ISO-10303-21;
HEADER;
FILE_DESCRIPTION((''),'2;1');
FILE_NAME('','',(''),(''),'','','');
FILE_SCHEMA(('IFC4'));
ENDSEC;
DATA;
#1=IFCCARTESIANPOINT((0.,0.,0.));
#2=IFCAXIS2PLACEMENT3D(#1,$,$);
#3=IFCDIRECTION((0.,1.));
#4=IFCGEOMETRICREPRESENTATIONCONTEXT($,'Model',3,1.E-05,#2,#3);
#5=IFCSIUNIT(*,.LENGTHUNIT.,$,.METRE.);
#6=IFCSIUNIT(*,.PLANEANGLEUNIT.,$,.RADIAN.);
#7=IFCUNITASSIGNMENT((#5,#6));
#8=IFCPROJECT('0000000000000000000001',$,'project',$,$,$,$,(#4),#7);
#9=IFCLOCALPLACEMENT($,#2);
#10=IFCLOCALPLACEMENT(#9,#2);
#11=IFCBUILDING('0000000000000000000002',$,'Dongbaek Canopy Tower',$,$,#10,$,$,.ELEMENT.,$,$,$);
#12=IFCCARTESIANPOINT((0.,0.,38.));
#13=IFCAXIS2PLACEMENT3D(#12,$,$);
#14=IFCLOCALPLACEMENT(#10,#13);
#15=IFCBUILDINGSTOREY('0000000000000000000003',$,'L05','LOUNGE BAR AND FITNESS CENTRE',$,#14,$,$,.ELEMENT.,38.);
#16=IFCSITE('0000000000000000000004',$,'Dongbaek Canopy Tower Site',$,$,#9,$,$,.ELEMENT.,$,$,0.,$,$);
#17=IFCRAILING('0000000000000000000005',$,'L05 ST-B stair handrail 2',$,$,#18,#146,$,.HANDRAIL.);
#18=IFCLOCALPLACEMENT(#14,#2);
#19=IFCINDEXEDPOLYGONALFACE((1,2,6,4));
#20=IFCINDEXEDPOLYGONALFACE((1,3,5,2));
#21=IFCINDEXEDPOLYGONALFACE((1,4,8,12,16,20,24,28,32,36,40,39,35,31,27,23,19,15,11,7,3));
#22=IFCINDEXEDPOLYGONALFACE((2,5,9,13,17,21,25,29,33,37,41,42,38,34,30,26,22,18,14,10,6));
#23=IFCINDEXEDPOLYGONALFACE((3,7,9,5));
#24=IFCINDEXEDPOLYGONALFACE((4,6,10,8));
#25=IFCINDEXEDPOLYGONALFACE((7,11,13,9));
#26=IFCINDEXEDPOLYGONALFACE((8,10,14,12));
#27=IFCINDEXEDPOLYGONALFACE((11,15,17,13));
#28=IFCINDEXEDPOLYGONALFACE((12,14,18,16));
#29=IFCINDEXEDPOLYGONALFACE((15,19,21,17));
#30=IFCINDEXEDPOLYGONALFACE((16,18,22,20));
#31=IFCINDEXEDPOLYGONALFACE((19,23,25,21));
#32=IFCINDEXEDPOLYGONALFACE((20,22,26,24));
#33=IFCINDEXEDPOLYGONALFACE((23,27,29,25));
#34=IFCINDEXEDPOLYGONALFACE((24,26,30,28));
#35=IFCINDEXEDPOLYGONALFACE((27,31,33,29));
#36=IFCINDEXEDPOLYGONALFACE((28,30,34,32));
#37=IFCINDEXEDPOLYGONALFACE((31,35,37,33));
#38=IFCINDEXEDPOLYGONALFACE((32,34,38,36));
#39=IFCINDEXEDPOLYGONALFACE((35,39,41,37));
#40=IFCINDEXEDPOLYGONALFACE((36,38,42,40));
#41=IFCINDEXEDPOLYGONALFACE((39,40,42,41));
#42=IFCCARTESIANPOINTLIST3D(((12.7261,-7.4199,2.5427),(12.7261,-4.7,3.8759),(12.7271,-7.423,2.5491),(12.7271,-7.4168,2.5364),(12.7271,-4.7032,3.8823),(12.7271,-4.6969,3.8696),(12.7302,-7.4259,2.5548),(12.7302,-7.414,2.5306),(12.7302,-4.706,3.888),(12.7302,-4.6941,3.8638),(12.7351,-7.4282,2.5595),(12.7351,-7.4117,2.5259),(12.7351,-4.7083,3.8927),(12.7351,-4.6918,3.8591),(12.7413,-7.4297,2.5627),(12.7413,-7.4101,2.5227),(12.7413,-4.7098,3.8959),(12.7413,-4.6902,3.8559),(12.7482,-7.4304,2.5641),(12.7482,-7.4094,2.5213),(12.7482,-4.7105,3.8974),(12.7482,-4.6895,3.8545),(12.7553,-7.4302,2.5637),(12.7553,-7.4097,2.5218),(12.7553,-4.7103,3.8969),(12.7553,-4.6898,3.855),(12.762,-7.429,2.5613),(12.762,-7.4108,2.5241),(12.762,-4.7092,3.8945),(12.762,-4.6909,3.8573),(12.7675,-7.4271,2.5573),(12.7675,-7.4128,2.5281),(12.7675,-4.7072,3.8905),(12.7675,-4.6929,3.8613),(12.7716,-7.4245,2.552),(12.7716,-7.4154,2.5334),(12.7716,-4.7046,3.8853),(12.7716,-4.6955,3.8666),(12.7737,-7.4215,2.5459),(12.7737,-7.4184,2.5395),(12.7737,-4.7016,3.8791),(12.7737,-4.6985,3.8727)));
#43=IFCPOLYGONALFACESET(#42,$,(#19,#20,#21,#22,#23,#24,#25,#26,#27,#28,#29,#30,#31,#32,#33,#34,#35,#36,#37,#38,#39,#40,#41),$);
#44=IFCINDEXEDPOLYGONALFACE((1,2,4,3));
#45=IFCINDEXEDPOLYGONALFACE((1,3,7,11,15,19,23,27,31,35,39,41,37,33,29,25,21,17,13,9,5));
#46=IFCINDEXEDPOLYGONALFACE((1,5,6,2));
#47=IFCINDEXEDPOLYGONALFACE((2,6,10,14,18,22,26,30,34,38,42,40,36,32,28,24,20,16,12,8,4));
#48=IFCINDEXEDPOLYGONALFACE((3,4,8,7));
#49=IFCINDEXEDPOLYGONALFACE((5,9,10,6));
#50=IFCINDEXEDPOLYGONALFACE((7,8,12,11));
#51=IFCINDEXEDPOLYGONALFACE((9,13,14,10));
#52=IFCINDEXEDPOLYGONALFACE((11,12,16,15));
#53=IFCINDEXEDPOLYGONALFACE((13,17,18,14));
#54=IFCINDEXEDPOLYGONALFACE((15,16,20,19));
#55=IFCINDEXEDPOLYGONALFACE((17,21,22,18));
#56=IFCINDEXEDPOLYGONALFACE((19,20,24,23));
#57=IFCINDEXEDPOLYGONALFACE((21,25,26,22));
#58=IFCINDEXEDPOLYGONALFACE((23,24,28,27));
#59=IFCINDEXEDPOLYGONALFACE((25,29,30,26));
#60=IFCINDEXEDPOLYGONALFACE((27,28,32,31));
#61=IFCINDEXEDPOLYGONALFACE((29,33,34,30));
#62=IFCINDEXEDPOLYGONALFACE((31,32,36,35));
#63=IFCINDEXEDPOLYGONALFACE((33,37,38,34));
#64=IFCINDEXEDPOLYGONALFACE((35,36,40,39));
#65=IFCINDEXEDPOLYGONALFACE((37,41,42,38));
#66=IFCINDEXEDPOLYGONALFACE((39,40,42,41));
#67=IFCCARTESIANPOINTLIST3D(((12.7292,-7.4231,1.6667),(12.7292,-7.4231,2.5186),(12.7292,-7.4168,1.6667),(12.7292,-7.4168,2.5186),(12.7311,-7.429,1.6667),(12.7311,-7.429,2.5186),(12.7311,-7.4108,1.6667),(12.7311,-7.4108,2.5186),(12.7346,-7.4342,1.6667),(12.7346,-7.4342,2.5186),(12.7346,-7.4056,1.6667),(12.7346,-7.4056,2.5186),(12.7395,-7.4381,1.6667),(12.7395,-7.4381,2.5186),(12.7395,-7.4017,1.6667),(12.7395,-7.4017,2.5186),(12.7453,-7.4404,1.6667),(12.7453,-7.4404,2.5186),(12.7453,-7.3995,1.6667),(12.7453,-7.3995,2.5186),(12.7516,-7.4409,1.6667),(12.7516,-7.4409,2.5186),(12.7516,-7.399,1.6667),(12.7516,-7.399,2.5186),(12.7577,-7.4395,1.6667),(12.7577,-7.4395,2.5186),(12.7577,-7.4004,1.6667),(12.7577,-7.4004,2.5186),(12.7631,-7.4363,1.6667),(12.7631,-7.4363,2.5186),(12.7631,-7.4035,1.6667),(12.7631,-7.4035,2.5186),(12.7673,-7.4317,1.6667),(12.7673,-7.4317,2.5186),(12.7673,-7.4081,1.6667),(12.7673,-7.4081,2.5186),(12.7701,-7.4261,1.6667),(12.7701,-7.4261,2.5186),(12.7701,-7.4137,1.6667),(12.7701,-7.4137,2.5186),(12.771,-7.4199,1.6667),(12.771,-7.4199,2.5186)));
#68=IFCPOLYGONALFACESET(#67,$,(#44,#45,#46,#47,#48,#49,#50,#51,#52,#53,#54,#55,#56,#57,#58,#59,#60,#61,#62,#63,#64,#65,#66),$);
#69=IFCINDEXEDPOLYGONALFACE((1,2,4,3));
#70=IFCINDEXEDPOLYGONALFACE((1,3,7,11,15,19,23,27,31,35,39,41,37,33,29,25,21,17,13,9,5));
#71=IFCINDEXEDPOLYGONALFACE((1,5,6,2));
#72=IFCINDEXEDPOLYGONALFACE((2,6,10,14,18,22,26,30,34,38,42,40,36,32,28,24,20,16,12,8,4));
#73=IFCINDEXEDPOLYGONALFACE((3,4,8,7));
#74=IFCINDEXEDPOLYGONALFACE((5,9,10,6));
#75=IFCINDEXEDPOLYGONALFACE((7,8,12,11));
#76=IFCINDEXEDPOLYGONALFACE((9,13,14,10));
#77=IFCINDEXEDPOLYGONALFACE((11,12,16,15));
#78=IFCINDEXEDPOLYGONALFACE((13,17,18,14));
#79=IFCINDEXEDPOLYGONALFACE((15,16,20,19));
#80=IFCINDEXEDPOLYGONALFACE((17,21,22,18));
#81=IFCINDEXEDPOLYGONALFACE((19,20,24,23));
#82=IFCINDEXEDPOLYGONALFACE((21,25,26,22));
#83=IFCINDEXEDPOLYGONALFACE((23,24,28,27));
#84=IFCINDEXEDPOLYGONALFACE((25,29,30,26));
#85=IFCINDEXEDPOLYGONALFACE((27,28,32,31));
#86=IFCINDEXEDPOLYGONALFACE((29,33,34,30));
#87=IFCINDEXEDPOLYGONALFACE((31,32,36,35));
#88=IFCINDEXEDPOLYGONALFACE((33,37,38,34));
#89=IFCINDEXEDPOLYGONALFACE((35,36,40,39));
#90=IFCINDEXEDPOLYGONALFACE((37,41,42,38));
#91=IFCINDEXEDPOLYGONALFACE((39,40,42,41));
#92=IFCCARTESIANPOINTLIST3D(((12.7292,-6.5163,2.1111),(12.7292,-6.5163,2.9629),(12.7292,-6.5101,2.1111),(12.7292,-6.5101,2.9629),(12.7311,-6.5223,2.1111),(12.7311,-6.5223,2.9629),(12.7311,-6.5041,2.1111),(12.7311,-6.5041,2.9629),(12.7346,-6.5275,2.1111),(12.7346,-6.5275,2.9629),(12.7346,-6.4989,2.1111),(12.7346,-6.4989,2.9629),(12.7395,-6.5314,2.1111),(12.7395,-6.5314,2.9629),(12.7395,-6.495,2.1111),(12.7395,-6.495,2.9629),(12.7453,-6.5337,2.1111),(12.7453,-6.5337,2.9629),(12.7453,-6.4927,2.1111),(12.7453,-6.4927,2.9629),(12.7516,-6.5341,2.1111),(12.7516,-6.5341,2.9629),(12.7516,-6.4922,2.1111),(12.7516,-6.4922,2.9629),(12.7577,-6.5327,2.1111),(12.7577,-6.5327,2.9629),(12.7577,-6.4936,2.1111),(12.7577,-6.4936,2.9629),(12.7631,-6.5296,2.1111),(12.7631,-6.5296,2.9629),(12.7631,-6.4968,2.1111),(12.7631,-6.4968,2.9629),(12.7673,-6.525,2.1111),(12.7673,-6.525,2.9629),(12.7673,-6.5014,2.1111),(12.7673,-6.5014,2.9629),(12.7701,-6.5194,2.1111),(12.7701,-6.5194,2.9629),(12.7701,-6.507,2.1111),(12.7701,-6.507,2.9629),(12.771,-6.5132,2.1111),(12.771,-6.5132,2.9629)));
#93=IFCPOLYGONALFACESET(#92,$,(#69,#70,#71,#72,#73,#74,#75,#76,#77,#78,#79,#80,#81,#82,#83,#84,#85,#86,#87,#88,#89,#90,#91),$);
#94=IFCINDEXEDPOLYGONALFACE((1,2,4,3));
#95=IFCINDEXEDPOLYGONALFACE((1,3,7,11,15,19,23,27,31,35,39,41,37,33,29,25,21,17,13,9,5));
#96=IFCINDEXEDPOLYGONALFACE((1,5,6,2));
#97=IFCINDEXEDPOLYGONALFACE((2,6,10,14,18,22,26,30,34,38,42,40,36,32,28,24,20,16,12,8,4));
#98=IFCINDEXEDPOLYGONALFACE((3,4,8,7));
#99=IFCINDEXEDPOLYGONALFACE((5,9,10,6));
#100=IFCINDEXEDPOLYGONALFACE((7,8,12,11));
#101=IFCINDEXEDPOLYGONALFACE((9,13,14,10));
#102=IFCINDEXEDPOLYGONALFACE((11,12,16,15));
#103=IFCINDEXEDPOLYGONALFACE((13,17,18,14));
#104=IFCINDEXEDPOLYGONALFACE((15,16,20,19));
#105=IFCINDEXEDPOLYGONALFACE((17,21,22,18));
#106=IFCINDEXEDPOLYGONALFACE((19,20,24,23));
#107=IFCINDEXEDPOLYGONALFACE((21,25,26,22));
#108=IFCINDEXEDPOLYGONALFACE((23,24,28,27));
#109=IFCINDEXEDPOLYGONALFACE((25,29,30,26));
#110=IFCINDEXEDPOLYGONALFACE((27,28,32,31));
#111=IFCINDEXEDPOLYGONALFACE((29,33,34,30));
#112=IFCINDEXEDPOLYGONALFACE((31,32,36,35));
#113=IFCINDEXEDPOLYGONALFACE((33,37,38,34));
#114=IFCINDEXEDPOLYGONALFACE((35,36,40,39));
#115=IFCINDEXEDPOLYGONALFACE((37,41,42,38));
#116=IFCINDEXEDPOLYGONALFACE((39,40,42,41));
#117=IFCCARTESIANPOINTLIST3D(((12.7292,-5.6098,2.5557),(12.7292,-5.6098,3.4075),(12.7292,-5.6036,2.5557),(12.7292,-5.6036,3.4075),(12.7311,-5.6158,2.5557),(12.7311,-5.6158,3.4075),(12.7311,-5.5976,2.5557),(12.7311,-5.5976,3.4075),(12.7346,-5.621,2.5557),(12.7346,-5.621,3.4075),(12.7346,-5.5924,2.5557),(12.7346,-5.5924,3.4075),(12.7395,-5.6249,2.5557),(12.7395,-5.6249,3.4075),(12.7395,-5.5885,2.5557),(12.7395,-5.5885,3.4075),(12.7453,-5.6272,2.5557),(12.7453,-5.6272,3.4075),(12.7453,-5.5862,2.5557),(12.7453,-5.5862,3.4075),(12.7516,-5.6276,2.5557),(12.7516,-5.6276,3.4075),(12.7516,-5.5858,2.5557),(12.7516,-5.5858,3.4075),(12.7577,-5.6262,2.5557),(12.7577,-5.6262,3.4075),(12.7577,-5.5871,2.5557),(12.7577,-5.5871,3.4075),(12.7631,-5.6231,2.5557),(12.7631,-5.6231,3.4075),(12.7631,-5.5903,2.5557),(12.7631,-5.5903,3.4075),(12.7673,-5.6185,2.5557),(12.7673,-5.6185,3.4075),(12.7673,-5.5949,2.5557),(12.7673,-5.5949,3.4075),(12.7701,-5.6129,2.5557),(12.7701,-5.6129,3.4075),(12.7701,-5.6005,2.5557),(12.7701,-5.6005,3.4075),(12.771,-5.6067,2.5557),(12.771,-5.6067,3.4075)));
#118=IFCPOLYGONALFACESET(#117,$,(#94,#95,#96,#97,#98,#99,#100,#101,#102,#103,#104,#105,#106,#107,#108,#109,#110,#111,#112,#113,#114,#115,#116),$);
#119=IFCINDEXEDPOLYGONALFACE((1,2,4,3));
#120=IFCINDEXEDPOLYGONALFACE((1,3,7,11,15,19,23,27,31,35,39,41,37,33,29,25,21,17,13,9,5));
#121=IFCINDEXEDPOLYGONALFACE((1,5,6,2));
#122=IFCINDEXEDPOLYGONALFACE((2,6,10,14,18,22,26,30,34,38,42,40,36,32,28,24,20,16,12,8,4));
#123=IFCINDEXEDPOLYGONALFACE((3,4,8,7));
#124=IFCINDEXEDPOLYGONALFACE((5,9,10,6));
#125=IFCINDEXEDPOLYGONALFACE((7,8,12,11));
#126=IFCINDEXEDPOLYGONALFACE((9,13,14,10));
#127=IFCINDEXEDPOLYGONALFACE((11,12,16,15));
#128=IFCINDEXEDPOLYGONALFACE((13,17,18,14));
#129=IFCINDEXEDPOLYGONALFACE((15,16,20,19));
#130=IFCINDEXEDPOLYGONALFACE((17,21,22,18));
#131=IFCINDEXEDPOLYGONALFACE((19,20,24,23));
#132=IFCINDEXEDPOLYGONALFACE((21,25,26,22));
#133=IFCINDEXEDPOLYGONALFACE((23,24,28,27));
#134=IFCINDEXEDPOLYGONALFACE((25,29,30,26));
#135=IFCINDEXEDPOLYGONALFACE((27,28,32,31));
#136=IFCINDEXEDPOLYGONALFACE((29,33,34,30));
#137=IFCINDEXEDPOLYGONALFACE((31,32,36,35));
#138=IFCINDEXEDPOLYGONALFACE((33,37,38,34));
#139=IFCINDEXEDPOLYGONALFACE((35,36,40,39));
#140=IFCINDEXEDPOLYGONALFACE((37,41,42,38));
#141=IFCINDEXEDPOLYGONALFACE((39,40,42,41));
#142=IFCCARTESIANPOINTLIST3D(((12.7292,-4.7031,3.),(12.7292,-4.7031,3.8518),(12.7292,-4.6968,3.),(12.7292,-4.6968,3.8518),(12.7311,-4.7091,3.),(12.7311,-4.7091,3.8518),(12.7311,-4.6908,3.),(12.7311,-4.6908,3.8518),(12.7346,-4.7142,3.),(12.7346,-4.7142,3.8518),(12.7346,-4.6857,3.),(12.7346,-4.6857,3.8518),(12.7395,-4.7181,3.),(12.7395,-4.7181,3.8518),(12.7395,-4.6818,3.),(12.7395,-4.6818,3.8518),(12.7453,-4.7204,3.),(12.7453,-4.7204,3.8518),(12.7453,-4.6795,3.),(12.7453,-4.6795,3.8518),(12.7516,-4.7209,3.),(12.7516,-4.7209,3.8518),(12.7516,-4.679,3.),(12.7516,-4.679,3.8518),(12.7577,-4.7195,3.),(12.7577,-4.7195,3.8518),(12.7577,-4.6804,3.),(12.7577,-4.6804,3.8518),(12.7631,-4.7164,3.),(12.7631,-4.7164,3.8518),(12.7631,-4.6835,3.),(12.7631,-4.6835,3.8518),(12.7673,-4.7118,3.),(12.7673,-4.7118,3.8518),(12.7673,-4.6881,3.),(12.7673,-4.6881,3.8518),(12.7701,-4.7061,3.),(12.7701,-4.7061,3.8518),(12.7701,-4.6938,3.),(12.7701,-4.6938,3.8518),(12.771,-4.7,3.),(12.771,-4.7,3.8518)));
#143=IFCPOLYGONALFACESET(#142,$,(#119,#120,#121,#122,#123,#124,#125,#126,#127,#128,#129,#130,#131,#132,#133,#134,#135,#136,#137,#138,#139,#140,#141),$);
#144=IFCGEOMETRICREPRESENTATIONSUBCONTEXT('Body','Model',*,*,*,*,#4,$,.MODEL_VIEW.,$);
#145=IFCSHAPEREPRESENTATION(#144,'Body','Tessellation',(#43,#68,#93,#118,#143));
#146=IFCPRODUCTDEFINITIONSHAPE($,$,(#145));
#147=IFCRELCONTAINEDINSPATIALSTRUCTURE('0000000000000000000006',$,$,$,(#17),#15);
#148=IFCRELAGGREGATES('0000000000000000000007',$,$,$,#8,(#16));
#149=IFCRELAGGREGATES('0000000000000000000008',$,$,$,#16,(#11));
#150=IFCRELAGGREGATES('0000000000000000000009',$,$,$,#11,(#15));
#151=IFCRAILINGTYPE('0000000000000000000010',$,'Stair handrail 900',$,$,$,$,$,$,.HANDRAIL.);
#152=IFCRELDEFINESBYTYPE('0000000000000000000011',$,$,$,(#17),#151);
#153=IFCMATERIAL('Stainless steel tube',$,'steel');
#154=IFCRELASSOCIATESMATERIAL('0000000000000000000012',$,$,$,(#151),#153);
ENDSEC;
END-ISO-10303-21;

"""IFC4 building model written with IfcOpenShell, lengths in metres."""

from ifc_helpers import new_model, si_unit, direction, frame, origin, origin_2d, place, context, subcontext, project, spatial, circle, extrude, material, type_object, element, save


model = new_model("IFC4")

# Units and contexts
model_context = context("Model", 3, precision=1e-05, world=origin(), true_north=direction((0.0, 1.0)))
body_context = subcontext(model_context, "Body", "Model", "MODEL_VIEW")
ifc_project = project(units=[si_unit("LENGTHUNIT", "METRE"), si_unit("PLANEANGLEUNIT", "RADIAN")], contexts=[model_context])

# Site, building, storey
site_placement = place(None, origin())
site = spatial("IfcSite", under=ifc_project, at=site_placement, Name="Dongbaek Canopy Tower Site", CompositionType="ELEMENT", RefElevation=0.0)
building_placement = place(site_placement, origin())
building = spatial("IfcBuilding", under=site, at=building_placement, Name="Dongbaek Canopy Tower", CompositionType="ELEMENT")
storey_placement = place(building_placement, frame((0.0, 0.0, 38.0)))
storey = spatial("IfcBuildingStorey", under=building, at=storey_placement, Name="L05", Description="LOUNGE BAR AND FITNESS CENTRE", CompositionType="ELEMENT", Elevation=38.0)

# Railing
ifc_material_1 = material(Name="Stainless steel tube", Category="steel")
railing_type_1 = type_object("IfcRailingType", Name="Stair handrail 900", PredefinedType="HANDRAIL", material=ifc_material_1)
for number, where, name in (
    (1, (12.75, -7.4199, 1.6667), "L05 ST-B stair handrail 2"),
):
    element("IfcRailing", number, at=place(storey_placement, frame(where)), inside=storey, type_object=railing_type_1, Name=name, PredefinedType="HANDRAIL", context=body_context, shape_type="SweptSolid", body=[
        extrude(circle(Radius=0.0239, at=origin_2d()), frame((0.0, 0.0, 0.876), z_axis=(0.0, 0.897929, 0.440139), x_axis=(-1.0, 0.0, 0.0)), (0.0, 0.0, 1.0), 3.0291),
        extrude(circle(Radius=0.021, at=origin_2d()), origin(), (0.0, 0.0, 1.0), 0.8518),
        extrude(circle(Radius=0.021, at=origin_2d()), frame((0.0, 0.9067, 0.4443)), (0.0, 0.0, 1.0), 0.8518),
        extrude(circle(Radius=0.021, at=origin_2d()), frame((0.0, 1.8132, 0.8889)), (0.0, 0.0, 1.0), 0.8518),
        extrude(circle(Radius=0.021, at=origin_2d()), frame((0.0, 2.72, 1.3333)), (0.0, 0.0, 1.0), 0.8518),
    ])

save(model, "model.ifc")
